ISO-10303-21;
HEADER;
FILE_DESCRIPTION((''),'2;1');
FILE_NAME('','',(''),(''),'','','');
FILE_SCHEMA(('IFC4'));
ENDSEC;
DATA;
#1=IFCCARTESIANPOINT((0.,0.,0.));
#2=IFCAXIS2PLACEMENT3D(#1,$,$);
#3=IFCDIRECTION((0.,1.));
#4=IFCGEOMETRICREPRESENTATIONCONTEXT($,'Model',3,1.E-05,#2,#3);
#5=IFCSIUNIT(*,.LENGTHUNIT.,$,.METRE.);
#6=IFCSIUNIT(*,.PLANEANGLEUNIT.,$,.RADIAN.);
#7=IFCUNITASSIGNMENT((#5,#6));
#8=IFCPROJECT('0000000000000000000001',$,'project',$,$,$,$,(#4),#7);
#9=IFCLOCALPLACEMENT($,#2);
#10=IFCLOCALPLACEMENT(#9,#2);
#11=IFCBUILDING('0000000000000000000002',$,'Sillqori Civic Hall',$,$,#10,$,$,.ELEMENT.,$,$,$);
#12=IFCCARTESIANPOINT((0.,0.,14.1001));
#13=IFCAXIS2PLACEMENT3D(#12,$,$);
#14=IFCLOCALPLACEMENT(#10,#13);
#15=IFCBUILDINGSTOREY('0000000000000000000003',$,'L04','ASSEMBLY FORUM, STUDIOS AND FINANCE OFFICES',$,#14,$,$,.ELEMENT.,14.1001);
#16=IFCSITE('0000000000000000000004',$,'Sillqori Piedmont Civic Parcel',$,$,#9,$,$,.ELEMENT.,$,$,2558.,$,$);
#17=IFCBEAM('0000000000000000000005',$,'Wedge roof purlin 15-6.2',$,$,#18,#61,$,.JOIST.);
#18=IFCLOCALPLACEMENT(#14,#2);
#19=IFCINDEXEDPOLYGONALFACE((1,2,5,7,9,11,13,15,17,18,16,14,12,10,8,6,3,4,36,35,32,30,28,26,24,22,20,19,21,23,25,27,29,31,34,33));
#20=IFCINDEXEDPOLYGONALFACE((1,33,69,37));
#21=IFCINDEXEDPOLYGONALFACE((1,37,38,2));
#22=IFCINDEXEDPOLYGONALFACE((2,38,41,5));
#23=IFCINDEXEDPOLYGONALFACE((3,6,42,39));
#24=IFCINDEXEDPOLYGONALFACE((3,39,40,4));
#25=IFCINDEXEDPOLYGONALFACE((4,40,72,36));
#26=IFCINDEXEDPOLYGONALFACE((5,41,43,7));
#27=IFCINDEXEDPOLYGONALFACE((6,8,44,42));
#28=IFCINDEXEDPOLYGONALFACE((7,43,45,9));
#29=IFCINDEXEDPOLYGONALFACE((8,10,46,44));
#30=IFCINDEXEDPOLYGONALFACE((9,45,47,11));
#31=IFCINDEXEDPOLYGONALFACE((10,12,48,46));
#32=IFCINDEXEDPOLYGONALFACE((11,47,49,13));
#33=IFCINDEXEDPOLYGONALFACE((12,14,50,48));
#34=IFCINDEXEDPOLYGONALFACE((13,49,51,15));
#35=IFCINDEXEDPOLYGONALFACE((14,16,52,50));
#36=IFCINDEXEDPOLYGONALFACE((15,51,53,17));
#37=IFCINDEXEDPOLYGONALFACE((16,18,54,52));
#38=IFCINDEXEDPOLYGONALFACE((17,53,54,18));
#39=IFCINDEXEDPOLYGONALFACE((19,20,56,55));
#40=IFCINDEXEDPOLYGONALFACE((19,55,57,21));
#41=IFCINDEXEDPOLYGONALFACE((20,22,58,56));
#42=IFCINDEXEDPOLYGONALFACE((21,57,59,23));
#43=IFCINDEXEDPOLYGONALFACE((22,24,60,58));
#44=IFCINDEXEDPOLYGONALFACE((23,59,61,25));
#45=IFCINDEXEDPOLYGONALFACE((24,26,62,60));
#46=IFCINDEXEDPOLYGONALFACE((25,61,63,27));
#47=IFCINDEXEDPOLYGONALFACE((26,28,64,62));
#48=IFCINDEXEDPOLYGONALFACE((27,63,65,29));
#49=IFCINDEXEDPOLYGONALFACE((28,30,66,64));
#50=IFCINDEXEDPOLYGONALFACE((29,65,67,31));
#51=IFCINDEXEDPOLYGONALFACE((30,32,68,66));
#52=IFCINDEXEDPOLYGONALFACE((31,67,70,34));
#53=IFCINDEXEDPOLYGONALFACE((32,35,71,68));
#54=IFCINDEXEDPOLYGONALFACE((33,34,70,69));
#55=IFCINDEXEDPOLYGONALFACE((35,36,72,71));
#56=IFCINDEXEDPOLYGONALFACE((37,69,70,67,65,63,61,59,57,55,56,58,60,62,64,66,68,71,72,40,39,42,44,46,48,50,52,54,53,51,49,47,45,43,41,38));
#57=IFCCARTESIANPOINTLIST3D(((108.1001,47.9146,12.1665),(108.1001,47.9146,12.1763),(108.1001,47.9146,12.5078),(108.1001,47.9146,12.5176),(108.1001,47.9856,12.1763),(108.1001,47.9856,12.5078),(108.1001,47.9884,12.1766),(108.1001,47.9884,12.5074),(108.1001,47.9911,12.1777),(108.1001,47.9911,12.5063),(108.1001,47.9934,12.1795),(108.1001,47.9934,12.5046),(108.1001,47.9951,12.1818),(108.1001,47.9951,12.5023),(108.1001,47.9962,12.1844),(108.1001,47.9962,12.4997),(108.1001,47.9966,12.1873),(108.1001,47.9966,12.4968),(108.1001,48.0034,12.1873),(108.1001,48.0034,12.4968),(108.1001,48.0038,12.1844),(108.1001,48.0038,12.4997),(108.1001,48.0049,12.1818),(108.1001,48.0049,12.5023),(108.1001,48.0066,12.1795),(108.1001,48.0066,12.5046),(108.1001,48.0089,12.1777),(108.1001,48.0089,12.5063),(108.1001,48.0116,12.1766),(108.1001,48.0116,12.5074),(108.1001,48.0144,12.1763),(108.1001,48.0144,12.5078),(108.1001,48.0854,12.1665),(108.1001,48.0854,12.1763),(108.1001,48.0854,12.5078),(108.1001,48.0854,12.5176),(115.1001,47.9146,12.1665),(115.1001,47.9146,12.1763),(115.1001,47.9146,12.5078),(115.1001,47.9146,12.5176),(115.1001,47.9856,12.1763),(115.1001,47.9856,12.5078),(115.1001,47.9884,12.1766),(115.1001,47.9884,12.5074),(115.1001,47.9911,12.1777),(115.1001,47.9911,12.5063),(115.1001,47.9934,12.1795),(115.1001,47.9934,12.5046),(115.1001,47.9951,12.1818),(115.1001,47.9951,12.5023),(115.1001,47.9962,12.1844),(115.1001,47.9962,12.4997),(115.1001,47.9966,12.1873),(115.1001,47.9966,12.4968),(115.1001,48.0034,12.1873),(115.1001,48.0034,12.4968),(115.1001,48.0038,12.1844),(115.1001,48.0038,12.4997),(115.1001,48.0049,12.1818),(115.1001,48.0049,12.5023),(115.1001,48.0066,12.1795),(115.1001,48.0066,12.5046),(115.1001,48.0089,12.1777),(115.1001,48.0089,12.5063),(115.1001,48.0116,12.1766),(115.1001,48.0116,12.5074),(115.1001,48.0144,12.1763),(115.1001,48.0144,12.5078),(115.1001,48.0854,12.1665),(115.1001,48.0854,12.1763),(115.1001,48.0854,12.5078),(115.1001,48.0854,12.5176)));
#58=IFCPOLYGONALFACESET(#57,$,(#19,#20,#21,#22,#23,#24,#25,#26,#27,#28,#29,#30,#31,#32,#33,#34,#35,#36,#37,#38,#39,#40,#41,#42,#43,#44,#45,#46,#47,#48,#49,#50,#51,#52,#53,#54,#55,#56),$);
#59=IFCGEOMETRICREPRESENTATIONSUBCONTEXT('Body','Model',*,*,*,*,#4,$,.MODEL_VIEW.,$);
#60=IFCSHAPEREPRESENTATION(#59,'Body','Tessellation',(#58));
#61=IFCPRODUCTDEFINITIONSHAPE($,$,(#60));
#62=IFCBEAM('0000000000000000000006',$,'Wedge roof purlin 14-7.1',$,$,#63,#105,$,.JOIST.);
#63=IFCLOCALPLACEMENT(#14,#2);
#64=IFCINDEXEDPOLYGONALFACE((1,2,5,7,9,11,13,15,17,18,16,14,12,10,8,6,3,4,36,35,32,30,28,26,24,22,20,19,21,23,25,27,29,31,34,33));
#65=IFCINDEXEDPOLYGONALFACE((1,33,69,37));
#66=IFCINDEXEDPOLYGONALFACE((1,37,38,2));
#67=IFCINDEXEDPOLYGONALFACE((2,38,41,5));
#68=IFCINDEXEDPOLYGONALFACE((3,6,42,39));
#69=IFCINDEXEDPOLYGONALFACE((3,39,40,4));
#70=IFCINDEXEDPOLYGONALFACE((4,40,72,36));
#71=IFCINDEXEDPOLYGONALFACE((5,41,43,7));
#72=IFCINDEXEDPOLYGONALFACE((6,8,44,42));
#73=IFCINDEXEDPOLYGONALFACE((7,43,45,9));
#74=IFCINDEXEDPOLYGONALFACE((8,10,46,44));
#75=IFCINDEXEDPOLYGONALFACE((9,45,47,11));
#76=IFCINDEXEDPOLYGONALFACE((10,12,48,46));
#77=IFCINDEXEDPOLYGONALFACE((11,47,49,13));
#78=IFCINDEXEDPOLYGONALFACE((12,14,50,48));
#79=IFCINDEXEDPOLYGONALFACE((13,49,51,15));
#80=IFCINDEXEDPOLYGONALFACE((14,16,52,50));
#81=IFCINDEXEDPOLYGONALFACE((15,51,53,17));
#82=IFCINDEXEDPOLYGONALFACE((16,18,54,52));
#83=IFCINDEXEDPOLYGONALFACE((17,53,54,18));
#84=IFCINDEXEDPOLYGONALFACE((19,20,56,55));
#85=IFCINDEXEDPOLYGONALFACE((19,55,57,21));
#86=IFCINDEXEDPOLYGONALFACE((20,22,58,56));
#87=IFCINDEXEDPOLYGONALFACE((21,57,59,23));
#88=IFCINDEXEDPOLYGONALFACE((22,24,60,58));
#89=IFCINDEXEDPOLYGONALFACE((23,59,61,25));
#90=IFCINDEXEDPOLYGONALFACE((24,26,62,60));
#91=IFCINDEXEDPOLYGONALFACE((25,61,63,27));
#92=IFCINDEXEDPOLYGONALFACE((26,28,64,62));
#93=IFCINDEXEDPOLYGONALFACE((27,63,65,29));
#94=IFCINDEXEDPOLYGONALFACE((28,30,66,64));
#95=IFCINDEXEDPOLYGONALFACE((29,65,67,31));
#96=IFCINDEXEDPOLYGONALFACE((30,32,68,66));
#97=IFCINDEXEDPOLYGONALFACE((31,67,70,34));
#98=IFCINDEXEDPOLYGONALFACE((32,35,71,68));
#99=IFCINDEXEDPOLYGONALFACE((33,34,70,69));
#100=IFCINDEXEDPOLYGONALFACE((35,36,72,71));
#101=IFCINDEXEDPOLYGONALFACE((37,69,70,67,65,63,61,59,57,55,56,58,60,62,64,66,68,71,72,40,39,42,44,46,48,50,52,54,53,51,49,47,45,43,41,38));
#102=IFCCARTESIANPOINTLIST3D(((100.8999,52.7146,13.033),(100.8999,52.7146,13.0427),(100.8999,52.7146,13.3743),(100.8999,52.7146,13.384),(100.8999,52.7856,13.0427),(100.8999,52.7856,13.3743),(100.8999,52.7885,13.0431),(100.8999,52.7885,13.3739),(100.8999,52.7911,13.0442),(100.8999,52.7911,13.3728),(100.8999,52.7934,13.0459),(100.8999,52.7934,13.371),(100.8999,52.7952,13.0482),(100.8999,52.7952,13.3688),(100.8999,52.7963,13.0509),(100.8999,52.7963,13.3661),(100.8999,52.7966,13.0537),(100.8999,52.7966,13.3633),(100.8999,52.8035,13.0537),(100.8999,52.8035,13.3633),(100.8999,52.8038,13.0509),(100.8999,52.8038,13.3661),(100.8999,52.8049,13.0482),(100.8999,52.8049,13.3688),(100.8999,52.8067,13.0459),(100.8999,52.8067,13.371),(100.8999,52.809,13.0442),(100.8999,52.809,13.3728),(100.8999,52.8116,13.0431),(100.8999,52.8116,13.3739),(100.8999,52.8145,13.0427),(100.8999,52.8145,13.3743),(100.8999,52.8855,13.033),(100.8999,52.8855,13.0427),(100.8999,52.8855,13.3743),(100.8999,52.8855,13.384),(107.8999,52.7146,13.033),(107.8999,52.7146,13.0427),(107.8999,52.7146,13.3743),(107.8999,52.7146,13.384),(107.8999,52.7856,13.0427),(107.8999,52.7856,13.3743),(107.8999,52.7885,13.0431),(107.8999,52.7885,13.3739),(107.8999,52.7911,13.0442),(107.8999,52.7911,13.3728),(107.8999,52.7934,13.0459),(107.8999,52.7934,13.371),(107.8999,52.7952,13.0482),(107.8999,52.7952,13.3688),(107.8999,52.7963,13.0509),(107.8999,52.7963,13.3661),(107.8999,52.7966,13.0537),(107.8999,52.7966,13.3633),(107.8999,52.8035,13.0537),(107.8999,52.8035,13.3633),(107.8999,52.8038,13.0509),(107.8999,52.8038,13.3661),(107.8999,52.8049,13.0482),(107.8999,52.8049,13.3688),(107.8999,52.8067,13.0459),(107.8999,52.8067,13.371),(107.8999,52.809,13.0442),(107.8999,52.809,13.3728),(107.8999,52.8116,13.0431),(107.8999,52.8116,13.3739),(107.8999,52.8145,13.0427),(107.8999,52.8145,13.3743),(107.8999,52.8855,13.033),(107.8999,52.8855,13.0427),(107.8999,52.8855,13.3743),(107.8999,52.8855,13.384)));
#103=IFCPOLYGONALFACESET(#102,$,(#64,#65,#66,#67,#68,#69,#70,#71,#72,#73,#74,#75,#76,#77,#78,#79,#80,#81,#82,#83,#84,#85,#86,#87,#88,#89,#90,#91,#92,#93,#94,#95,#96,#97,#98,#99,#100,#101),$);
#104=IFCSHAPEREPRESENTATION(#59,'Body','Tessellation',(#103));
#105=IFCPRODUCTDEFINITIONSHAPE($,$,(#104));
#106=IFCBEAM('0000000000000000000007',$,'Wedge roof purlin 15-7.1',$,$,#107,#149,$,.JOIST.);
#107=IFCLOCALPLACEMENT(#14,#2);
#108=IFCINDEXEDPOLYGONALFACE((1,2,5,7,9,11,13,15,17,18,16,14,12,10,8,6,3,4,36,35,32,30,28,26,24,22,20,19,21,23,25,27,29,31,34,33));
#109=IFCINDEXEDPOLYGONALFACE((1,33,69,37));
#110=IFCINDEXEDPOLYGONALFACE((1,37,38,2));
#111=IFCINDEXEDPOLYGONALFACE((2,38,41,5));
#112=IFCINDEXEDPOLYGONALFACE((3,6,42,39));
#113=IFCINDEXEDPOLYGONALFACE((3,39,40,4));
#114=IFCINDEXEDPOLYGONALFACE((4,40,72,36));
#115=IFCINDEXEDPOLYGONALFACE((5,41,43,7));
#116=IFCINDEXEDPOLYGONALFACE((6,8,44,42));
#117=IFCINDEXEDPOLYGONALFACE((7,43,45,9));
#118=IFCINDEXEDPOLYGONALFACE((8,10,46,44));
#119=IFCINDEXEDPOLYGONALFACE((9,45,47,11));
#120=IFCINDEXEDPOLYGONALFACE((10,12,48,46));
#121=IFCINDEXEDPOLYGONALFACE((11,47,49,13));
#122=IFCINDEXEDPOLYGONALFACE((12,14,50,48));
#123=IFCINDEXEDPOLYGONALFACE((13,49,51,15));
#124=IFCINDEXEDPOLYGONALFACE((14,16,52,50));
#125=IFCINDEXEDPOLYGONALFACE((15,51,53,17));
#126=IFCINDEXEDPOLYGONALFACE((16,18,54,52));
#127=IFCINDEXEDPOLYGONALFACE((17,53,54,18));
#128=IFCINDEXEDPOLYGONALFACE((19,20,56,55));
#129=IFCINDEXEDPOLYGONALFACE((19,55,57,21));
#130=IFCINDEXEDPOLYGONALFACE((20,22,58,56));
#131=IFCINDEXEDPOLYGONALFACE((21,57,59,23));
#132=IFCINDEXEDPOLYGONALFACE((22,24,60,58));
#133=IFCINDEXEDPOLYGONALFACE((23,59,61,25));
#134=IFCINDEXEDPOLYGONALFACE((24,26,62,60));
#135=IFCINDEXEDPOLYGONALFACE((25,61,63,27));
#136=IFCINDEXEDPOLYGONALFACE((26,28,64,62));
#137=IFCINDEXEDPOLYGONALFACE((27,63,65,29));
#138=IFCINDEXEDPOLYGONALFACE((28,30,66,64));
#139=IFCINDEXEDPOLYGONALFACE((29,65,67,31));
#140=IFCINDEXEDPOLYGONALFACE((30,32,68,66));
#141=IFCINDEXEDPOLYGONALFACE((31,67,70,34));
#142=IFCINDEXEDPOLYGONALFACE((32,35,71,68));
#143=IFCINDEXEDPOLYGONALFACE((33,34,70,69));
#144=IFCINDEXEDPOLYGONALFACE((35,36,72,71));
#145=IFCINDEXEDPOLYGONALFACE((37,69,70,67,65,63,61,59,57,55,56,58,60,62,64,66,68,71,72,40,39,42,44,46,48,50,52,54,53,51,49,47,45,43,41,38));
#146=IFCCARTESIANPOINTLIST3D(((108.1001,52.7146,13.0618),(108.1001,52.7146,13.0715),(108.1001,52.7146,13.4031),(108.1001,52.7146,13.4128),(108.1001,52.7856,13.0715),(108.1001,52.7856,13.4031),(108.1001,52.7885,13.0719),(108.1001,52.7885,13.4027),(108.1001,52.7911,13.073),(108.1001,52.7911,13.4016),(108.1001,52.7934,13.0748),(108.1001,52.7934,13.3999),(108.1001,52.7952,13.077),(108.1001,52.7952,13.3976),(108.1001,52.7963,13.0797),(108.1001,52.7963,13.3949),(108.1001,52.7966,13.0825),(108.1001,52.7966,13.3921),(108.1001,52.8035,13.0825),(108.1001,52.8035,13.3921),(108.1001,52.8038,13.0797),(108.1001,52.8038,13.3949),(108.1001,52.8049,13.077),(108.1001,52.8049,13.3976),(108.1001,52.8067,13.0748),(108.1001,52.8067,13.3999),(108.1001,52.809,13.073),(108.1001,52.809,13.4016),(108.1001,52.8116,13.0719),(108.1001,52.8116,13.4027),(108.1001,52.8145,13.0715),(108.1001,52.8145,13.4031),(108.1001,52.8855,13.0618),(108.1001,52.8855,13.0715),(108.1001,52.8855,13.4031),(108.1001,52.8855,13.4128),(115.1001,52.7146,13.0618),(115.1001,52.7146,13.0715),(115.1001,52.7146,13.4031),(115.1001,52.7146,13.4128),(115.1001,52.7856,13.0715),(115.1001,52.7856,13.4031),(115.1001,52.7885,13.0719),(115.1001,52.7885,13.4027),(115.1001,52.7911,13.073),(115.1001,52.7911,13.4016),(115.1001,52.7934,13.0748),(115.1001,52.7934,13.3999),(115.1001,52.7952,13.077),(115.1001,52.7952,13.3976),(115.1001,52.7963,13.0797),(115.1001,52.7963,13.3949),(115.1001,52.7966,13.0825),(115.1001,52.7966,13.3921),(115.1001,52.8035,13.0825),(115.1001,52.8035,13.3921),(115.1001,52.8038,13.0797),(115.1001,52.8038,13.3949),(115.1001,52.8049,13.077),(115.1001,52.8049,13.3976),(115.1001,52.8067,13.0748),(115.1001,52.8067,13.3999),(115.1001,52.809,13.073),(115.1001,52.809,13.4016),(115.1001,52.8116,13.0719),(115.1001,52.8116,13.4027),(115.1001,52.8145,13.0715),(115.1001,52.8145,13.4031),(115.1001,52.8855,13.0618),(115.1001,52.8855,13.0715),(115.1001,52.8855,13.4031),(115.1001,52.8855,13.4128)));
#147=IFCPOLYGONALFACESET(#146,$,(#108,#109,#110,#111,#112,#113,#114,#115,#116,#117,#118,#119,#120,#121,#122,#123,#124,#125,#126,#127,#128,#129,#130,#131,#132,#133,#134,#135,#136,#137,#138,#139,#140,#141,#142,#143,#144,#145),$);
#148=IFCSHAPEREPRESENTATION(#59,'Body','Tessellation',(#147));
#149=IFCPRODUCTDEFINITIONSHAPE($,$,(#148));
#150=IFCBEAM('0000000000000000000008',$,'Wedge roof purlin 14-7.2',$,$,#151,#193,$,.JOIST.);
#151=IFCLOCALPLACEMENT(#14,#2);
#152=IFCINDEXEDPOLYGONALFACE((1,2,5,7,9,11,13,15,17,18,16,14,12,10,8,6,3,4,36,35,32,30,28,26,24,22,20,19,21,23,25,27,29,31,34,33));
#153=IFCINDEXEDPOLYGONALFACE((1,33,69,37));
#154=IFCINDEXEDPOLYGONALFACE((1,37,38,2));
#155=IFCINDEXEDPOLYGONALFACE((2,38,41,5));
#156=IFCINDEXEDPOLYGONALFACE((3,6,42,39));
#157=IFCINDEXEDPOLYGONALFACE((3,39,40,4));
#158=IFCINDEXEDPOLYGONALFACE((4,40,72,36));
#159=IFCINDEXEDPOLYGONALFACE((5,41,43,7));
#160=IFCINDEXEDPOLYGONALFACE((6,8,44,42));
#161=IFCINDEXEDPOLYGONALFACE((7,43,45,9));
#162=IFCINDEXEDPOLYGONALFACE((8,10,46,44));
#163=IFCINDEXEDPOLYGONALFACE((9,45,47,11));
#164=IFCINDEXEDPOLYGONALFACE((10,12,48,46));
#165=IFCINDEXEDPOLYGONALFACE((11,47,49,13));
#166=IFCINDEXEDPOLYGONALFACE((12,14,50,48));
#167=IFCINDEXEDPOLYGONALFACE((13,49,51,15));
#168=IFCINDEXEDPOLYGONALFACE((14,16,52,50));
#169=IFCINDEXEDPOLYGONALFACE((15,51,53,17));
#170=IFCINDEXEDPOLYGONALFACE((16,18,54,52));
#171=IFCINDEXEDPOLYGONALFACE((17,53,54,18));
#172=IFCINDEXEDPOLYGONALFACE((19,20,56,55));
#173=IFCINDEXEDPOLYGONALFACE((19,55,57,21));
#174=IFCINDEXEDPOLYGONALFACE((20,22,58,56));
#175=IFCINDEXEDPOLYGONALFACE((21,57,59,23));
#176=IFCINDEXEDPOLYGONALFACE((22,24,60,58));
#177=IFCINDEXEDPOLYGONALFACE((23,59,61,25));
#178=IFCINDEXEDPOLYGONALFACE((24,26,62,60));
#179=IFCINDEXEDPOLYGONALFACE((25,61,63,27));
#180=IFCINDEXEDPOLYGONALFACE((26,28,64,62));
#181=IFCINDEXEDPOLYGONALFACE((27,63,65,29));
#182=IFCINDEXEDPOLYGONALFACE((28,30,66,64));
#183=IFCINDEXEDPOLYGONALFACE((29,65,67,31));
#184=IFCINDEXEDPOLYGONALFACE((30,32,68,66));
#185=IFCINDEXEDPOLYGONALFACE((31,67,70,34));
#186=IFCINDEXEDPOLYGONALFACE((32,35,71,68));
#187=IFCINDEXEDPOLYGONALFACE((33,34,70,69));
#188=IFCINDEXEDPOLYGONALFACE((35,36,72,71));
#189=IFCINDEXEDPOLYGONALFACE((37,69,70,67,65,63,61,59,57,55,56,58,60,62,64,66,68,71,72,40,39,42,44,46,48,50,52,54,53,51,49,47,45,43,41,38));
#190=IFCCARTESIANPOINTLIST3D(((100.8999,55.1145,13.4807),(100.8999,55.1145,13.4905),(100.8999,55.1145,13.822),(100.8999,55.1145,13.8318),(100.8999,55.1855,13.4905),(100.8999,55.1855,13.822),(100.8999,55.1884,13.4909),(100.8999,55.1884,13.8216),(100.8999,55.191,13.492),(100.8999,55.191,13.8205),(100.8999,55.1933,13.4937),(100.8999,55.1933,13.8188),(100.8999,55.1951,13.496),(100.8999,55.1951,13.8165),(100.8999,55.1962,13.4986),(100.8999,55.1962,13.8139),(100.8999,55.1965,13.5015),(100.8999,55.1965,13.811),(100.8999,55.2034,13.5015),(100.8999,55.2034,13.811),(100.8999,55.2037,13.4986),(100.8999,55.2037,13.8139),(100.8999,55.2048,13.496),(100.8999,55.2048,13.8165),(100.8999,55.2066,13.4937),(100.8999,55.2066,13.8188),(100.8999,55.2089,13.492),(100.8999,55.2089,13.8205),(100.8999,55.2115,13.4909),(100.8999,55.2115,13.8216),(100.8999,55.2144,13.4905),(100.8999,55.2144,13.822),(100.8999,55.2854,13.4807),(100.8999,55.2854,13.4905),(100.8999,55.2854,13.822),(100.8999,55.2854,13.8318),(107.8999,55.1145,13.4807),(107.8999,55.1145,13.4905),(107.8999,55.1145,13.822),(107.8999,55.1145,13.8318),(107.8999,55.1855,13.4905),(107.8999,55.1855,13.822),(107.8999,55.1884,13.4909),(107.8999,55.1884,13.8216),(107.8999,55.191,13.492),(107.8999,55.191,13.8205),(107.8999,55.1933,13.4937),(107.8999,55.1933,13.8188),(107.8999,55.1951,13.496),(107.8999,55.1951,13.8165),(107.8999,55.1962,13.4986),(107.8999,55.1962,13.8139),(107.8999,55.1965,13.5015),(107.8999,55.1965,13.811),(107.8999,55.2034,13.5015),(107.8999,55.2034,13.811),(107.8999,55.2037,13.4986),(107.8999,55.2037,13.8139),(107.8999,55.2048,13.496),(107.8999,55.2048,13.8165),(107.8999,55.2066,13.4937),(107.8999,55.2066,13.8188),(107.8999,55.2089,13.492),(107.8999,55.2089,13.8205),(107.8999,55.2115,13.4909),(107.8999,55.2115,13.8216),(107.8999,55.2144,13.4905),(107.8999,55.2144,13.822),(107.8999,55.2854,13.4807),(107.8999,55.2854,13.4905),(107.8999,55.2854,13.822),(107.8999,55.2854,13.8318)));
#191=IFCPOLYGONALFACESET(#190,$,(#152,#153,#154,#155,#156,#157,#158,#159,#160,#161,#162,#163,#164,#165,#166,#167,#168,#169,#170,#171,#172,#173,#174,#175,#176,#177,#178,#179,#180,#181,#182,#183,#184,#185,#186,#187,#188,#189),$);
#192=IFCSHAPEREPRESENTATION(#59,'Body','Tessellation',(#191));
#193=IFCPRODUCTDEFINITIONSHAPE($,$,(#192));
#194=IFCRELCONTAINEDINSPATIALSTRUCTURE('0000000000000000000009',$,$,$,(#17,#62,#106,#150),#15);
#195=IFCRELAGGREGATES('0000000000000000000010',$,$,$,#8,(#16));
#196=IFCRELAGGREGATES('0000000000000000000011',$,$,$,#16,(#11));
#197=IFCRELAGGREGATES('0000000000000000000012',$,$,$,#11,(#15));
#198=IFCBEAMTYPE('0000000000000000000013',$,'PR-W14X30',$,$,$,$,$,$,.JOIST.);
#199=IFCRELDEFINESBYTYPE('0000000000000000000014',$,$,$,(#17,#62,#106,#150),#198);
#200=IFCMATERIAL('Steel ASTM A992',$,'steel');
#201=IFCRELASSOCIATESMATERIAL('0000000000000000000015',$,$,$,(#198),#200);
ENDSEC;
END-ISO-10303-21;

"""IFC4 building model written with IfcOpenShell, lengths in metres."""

from ifc_helpers import new_model, si_unit, direction, frame, origin, origin_2d, place, context, subcontext, project, spatial, i_section, extrude, material, material_profile, profile_set, type_object, element, save


model = new_model("IFC4")

# Units and contexts
model_context = context("Model", 3, precision=1e-05, world=origin(), true_north=direction((0.0, 1.0)))
body_context = subcontext(model_context, "Body", "Model", "MODEL_VIEW")
ifc_project = project(units=[si_unit("LENGTHUNIT", "METRE"), si_unit("PLANEANGLEUNIT", "RADIAN")], contexts=[model_context])

# Site, building, storey
site_placement = place(None, origin())
site = spatial("IfcSite", under=ifc_project, at=site_placement, Name="Sillqori Piedmont Civic Parcel", CompositionType="ELEMENT", RefElevation=2558.0)
building_placement = place(site_placement, origin())
building = spatial("IfcBuilding", under=site, at=building_placement, Name="Sillqori Civic Hall", CompositionType="ELEMENT")
storey_placement = place(building_placement, frame((0.0, 0.0, 14.1001)))
storey = spatial("IfcBuildingStorey", under=building, at=storey_placement, Name="L04", Description="ASSEMBLY FORUM, STUDIOS AND FINANCE OFFICES", CompositionType="ELEMENT", Elevation=14.1001)

# Shared definitions
ifc_material_1 = material(Name="Steel ASTM A992", Category="steel")

# Beams
ifc_material_profile_1 = material_profile(ifc_material_1, i_section(OverallWidth=0.1709, OverallDepth=0.3511, WebThickness=0.0068, FlangeThickness=0.0098, FilletRadius=0.011, at=origin_2d()), Name="W14X30")
ifc_profile_set_1 = profile_set([ifc_material_profile_1], Name="Steel ASTM A992")
beam_type_1 = type_object("IfcBeamType", Name="PR-W14X30", PredefinedType="JOIST", material=ifc_profile_set_1)
for number, where, z_axis, x_axis, name in (
    (1, (108.1001, 48.0, 12.342), (1.0, 0.0, 0.0), (0.0, 1.0, 0.0), "Wedge roof purlin 15-6.2"),
    (2, (100.8999, 52.8, 13.2085), (1.0, 0.0, 0.0), (0.0, 1.0, 0.0), "Wedge roof purlin 14-7.1"),
    (3, (108.1001, 52.8, 13.2373), (1.0, 0.0, 0.0), (0.0, 1.0, 0.0), "Wedge roof purlin 15-7.1"),
    (4, (100.8999, 55.2, 13.6562), (1.0, 0.0, 0.0), (0.0, 1.0, 0.0), "Wedge roof purlin 14-7.2"),
):
    element("IfcBeam", number, at=place(storey_placement, frame(where, z_axis=z_axis, x_axis=x_axis)), inside=storey, type_object=beam_type_1, Name=name, PredefinedType="JOIST", context=body_context, shape_type="SweptSolid", body=[
        extrude(i_section(OverallWidth=0.1709, OverallDepth=0.3511, WebThickness=0.0068, FlangeThickness=0.0098, FilletRadius=0.011, at=origin_2d()), origin(), (0.0, 0.0, 1.0), 7.0),
    ])

save(model, "model.ifc")
